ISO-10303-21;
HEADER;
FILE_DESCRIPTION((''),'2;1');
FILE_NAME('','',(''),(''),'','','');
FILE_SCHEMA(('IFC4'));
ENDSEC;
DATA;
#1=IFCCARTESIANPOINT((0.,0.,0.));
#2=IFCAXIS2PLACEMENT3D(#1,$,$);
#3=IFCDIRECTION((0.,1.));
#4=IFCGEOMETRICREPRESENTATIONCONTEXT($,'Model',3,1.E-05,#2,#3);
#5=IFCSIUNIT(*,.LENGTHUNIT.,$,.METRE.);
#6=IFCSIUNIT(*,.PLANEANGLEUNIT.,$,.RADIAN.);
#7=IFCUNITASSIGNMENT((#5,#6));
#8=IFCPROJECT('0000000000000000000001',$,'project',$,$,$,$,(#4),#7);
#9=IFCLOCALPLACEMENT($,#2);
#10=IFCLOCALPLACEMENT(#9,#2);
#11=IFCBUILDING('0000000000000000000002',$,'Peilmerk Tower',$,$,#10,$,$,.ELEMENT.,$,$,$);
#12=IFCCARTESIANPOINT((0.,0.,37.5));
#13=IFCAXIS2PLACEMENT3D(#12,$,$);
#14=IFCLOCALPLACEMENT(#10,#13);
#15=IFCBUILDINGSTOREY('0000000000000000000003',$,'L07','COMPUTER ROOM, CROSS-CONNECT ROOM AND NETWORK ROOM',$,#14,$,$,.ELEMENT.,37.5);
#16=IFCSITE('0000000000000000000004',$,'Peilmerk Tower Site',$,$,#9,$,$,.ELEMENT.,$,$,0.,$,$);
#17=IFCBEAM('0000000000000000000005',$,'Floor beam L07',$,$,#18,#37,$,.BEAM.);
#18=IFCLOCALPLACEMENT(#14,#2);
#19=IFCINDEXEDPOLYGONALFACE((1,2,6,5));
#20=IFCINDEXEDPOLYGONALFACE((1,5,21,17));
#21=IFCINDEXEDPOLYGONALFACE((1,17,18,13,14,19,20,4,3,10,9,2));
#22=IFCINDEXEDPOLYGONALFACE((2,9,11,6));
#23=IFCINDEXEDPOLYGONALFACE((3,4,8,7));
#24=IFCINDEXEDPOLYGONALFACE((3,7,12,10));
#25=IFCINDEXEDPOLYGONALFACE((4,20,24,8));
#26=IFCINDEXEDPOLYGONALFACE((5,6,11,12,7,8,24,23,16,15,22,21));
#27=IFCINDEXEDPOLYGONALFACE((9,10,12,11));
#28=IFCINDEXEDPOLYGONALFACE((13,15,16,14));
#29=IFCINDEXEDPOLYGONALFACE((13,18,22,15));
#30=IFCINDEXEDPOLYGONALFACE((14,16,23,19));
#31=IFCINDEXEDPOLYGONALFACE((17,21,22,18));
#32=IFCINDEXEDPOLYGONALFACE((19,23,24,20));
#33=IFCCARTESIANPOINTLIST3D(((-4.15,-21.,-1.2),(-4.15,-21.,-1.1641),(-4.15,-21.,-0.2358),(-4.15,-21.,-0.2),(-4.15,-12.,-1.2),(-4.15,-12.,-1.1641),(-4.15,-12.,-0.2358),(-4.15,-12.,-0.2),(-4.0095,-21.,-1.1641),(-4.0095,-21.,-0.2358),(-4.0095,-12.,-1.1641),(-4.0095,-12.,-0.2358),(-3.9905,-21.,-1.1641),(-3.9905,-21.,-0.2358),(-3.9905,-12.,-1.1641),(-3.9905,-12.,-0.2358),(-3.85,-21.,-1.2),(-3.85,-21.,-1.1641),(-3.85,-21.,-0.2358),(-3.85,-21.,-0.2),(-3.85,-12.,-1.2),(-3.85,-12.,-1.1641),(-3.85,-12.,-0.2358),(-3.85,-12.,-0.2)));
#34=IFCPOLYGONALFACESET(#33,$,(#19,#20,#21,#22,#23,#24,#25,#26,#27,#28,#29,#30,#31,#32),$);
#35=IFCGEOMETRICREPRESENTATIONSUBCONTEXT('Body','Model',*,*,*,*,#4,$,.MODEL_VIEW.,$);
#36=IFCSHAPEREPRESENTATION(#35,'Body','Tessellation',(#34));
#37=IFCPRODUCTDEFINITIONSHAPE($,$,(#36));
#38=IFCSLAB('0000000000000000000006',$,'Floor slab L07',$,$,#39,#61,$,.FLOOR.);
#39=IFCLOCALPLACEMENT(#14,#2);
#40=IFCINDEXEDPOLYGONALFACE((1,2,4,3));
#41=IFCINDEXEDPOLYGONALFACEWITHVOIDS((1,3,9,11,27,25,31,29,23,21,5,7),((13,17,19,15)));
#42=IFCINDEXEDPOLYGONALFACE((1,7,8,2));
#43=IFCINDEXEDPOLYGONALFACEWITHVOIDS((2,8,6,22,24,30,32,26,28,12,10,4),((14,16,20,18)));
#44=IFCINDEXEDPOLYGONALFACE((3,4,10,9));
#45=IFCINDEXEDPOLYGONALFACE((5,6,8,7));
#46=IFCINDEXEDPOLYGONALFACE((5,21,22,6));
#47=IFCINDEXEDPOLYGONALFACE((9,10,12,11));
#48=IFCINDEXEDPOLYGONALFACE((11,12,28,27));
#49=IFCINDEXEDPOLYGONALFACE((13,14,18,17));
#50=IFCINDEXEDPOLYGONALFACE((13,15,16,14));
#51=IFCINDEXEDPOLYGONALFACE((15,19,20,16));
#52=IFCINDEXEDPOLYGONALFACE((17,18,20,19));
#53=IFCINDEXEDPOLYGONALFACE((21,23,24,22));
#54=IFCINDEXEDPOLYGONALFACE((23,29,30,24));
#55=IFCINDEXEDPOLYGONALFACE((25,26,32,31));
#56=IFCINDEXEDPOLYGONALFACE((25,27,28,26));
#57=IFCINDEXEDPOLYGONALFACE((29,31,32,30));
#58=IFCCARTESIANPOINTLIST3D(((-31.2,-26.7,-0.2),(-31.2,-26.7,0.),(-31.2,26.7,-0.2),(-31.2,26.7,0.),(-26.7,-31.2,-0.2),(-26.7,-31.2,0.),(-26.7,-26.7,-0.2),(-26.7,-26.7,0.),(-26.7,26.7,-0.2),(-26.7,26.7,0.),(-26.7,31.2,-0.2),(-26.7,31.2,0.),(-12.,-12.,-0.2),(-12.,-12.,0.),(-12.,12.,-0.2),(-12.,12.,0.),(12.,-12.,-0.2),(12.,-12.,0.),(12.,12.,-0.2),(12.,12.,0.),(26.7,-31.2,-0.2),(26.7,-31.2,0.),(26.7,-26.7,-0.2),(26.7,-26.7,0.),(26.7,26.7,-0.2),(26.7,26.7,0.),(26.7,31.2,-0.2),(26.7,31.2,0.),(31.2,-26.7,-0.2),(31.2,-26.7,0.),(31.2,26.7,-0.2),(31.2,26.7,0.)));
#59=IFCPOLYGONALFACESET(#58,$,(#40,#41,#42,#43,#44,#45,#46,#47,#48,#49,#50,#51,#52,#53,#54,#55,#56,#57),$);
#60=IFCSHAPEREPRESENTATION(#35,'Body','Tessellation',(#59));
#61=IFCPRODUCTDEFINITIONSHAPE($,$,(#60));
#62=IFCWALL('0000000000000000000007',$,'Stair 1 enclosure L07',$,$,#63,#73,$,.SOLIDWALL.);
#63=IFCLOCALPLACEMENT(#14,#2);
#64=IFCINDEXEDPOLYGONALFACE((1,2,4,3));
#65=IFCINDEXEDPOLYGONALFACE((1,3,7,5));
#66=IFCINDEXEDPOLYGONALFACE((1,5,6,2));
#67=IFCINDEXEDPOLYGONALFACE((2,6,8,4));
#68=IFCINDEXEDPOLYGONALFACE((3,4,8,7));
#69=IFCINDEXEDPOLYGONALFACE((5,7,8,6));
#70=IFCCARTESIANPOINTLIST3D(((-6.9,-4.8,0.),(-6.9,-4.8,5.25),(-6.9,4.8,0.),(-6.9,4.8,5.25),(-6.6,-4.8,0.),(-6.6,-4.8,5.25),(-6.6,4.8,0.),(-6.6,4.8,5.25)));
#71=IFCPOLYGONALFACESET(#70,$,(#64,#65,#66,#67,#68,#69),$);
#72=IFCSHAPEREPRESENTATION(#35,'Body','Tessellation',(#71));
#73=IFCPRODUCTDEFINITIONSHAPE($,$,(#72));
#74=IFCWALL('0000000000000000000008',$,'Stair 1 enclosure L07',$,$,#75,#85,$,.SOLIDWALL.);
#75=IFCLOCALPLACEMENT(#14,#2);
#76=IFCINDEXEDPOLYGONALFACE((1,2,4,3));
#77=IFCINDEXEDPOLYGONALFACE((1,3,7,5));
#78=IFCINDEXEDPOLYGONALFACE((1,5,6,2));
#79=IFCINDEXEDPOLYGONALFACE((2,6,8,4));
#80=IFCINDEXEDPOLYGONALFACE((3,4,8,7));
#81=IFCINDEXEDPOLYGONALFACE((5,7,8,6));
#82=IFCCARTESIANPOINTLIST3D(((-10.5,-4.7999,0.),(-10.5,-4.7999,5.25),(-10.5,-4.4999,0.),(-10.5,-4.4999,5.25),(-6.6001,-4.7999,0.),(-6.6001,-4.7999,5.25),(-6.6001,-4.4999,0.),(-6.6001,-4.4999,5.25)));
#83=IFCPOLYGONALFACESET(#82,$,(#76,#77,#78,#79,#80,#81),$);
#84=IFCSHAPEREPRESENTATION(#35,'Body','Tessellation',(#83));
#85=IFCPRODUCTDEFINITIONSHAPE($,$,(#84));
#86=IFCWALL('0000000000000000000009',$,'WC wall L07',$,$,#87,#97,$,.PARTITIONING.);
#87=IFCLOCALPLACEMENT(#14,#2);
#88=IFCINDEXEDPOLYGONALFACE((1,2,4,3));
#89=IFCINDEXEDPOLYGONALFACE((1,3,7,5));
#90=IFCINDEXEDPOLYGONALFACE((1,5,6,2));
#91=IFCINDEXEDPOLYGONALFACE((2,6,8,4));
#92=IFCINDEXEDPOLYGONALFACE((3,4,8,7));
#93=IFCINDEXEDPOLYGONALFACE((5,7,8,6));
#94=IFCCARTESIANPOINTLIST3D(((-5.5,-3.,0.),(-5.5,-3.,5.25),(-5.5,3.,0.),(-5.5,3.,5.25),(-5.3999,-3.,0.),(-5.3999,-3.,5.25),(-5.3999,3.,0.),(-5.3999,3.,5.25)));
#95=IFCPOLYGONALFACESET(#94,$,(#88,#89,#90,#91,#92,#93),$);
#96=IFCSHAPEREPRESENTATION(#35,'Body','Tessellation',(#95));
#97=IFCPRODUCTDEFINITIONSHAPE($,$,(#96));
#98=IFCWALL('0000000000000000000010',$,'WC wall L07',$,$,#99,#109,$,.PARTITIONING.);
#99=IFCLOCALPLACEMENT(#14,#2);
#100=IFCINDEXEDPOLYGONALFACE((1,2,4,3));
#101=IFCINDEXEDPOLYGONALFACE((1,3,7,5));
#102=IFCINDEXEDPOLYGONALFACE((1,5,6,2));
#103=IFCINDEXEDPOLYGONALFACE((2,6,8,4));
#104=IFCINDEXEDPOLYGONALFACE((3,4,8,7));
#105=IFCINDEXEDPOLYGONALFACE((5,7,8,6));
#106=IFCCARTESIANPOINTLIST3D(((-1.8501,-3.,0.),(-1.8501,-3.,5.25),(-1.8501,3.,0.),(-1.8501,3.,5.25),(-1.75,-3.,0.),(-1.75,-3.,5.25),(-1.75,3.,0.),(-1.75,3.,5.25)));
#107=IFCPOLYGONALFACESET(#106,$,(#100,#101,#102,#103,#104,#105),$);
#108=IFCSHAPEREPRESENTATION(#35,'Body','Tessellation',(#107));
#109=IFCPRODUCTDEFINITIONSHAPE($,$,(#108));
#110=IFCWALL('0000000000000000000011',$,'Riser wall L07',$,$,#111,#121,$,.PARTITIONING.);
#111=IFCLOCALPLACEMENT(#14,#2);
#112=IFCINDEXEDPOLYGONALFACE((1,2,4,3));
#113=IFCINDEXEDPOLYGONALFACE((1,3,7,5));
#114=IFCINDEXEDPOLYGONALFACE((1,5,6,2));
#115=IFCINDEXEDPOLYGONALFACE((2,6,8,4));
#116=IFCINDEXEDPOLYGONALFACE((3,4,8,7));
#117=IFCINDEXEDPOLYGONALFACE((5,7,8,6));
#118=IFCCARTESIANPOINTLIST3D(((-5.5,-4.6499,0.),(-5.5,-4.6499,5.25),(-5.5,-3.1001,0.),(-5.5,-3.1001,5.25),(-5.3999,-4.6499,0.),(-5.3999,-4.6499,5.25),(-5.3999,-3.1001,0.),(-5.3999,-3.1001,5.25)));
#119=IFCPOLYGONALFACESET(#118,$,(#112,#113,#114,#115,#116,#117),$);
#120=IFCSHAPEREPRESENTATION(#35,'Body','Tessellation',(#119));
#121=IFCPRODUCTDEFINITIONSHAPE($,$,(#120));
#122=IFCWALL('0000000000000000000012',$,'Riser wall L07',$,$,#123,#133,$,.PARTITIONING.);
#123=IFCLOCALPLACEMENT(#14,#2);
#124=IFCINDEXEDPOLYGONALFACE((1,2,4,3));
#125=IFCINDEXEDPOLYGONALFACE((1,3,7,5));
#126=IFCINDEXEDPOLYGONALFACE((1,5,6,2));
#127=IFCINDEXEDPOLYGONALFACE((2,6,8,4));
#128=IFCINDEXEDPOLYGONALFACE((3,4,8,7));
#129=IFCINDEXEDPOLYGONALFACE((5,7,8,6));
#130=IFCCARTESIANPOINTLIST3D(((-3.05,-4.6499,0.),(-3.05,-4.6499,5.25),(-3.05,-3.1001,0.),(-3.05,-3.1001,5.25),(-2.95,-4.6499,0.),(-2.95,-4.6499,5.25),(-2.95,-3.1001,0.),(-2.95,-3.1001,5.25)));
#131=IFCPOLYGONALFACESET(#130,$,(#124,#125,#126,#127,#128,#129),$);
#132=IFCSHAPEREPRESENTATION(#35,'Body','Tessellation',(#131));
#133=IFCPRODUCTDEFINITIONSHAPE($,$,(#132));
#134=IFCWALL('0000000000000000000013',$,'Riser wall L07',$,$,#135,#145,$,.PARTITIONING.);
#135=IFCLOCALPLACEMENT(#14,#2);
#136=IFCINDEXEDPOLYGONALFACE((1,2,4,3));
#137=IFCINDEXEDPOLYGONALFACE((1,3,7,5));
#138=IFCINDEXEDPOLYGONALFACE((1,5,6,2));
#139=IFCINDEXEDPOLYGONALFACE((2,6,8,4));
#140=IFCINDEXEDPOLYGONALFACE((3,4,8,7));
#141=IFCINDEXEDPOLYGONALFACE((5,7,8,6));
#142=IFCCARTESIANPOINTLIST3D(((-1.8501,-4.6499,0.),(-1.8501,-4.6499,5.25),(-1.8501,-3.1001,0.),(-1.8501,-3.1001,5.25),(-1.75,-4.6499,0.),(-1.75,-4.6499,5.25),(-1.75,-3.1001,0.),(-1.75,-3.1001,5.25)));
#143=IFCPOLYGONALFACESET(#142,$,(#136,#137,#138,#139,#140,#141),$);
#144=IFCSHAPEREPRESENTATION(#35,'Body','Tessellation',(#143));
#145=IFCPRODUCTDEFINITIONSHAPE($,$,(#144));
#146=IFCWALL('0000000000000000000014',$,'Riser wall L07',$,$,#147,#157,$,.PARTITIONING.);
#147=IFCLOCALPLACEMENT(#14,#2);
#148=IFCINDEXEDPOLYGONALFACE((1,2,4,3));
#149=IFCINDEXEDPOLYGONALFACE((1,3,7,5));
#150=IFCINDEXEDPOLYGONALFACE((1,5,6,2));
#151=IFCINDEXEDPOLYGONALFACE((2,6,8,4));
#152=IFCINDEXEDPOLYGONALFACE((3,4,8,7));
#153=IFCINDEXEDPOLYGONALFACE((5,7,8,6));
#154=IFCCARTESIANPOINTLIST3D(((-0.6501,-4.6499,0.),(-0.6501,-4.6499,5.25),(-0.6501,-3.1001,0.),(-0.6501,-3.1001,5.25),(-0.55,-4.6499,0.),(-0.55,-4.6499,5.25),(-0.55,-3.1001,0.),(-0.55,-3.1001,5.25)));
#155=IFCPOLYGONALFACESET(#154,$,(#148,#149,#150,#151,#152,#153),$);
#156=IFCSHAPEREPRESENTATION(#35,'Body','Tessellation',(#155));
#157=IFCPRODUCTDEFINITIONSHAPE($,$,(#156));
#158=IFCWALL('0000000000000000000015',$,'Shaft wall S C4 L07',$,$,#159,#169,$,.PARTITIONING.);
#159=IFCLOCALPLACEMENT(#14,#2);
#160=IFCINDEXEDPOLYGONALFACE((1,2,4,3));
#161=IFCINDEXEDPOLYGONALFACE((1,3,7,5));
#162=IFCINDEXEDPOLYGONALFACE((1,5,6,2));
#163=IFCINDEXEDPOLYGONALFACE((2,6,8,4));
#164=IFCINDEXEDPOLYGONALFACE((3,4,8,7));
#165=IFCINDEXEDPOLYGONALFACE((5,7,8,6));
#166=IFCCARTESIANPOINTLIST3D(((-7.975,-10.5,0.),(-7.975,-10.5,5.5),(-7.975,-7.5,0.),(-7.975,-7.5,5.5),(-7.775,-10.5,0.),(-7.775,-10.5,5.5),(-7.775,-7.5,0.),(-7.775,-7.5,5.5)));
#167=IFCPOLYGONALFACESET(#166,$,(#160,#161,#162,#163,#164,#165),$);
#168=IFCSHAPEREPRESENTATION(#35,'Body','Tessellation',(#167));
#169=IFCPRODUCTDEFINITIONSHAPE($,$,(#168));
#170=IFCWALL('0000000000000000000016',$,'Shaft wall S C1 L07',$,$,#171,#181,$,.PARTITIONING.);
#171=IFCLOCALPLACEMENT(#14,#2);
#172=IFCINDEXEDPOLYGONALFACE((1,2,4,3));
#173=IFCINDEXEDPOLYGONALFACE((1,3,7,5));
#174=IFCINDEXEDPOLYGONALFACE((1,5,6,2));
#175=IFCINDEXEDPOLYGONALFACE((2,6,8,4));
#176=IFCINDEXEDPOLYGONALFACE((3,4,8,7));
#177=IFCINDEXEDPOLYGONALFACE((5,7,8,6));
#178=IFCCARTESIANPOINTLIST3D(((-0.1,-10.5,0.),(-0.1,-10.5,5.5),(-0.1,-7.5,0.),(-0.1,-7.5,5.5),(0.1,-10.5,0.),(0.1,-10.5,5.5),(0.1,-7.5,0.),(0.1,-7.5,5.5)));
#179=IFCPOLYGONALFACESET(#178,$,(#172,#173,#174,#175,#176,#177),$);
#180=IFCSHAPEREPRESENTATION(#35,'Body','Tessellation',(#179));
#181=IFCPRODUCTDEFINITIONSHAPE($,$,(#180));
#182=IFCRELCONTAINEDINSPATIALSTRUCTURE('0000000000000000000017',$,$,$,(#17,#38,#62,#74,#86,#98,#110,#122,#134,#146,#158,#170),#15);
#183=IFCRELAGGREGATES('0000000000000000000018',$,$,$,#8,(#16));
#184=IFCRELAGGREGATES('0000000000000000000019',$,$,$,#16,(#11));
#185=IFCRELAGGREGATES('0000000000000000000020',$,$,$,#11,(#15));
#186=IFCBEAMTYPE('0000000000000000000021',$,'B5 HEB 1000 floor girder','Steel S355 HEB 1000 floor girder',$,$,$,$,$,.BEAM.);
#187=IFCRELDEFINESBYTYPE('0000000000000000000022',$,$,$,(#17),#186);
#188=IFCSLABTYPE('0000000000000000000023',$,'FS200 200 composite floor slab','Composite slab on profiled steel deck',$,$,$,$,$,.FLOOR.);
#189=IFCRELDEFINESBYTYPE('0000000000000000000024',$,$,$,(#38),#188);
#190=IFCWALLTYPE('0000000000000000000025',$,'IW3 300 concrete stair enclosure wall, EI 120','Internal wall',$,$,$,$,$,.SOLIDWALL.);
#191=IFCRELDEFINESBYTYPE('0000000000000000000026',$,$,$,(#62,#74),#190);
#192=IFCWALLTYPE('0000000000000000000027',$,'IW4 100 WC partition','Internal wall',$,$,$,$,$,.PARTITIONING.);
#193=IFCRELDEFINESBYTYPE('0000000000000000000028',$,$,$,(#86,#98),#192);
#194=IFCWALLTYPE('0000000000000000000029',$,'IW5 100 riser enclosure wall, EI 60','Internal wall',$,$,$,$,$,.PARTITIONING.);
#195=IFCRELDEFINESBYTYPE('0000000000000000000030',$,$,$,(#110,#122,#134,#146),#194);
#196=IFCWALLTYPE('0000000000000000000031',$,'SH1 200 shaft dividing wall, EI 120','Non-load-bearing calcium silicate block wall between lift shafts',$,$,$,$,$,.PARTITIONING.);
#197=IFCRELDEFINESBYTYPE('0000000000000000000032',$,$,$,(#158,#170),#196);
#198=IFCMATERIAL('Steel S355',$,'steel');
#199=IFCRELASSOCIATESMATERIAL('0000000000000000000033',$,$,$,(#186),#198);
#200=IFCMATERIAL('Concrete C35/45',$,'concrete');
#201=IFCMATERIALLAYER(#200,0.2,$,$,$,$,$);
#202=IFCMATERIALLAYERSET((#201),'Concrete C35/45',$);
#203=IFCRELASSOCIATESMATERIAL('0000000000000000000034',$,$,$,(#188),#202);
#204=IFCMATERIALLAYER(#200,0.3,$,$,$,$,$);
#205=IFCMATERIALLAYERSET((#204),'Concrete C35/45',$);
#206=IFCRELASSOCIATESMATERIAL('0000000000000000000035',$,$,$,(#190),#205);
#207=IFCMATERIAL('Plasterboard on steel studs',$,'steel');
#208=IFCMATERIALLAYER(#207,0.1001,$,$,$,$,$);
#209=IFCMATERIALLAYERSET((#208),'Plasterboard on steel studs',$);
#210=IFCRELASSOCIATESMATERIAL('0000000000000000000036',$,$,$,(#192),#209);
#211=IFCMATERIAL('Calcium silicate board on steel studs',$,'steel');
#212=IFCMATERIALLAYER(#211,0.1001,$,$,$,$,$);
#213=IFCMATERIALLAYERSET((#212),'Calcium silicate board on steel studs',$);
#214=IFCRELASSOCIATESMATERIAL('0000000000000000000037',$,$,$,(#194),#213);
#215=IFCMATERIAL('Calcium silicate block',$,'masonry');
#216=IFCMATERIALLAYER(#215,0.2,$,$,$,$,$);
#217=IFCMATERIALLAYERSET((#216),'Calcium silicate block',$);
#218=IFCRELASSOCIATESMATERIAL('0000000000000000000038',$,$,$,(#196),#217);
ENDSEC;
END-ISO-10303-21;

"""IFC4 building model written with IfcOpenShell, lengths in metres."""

from ifc_helpers import new_model, si_unit, direction, frame, frame_2d, origin, origin_2d, place, context, subcontext, project, spatial, polyline, rectangle, i_section, outline, extrude, material, layer, layer_set, material_profile, profile_set, type_object, element, save


model = new_model("IFC4")

# Units and contexts
model_context = context("Model", 3, precision=1e-05, world=origin(), true_north=direction((0.0, 1.0)))
body_context = subcontext(model_context, "Body", "Model", "MODEL_VIEW")
ifc_project = project(units=[si_unit("LENGTHUNIT", "METRE"), si_unit("PLANEANGLEUNIT", "RADIAN")], contexts=[model_context])

# Site, building, storey
site_placement = place(None, origin())
site = spatial("IfcSite", under=ifc_project, at=site_placement, Name="Peilmerk Tower Site", CompositionType="ELEMENT", RefElevation=0.0)
building_placement = place(site_placement, origin())
building = spatial("IfcBuilding", under=site, at=building_placement, Name="Peilmerk Tower", CompositionType="ELEMENT")
storey_placement = place(building_placement, frame((0.0, 0.0, 37.5)))
storey = spatial("IfcBuildingStorey", under=building, at=storey_placement, Name="L07", Description="COMPUTER ROOM, CROSS-CONNECT ROOM AND NETWORK ROOM", CompositionType="ELEMENT", Elevation=37.5)

# Beam
ifc_material_1 = material(Name="Steel S355", Category="steel")
ifc_material_profile = material_profile(ifc_material_1, i_section(OverallWidth=0.3, OverallDepth=1.0, WebThickness=0.019, FlangeThickness=0.0359, at=origin_2d()), Name="HEB 1000")
ifc_profile_set = profile_set([ifc_material_profile], Name="Steel S355")
beam_type = type_object("IfcBeamType", Name="B5 HEB 1000 floor girder", Description="Steel S355 HEB 1000 floor girder", PredefinedType="BEAM", material=ifc_profile_set)
beam_placement = place(storey_placement, frame((-4.0, -12.0, -0.7), z_axis=(0.0, -1.0, 0.0), x_axis=(1.0, 0.0, 0.0)))
element("IfcBeam", 1, at=beam_placement, inside=storey, type_object=beam_type, Name="Floor beam L07", PredefinedType="BEAM", context=body_context, shape_type="SweptSolid", body=[
    extrude(i_section(OverallWidth=0.3, OverallDepth=1.0, WebThickness=0.019, FlangeThickness=0.0359, at=origin_2d()), origin(), (0.0, 0.0, 1.0), 9.0),
])

# Slab
ifc_material_2 = material(Name="Concrete C35/45", Category="concrete")
ifc_layer_1 = layer(ifc_material_2, 0.2)
ifc_layer_set_1 = layer_set([ifc_layer_1], Name="Concrete C35/45")
slab_type = type_object("IfcSlabType", Name="FS200 200 composite floor slab", Description="Composite slab on profiled steel deck", PredefinedType="FLOOR", material=ifc_layer_set_1)
slab_placement = place(storey_placement, frame((0.0, 0.0, -0.2)))
element("IfcSlab", 2, at=slab_placement, inside=storey, type_object=slab_type, Name="Floor slab L07", PredefinedType="FLOOR", context=body_context, shape_type="SweptSolid", body=[
    extrude(outline(polyline([(-26.7, -31.2), (26.7, -31.2), (26.7, -26.7), (31.2, -26.7), (31.2, 26.7), (26.7, 26.7), (26.7, 31.2), (-26.7, 31.2), (-26.7, 26.7), (-31.2, 26.7), (-31.2, -26.7), (-26.7, -26.7), (-26.7, -31.2)]), holes=[polyline([(12.0, 12.0), (12.0, -12.0), (-12.0, -12.0), (-12.0, 12.0), (12.0, 12.0)])]), origin(), (0.0, 0.0, 1.0), 0.2),
])

# Walls
ifc_layer_2 = layer(ifc_material_2, 0.3)
ifc_layer_set_2 = layer_set([ifc_layer_2], Name="Concrete C35/45")
wall_type_1 = type_object("IfcWallType", Name="IW3 300 concrete stair enclosure wall, EI 120", Description="Internal wall", PredefinedType="SOLIDWALL", material=ifc_layer_set_2)
wall_1_placement = place(storey_placement, frame((-6.75, -4.8, 0.0), z_axis=(0.0, 0.0, 1.0), x_axis=(0.0, 1.0, 0.0)))
element("IfcWall", 3, at=wall_1_placement, inside=storey, type_object=wall_type_1, Name="Stair 1 enclosure L07", PredefinedType="SOLIDWALL", context=body_context, shape_type="SweptSolid", body=[
    extrude(rectangle(XDim=9.6001, YDim=0.3, at=frame_2d((4.8, 0.0))), origin(), (0.0, 0.0, 1.0), 5.25),
])
wall_2_placement = place(storey_placement, frame((-6.6001, -4.6499, 0.0), z_axis=(0.0, 0.0, 1.0), x_axis=(-1.0, 0.0, 0.0)))
element("IfcWall", 4, at=wall_2_placement, inside=storey, type_object=wall_type_1, Name="Stair 1 enclosure L07", PredefinedType="SOLIDWALL", context=body_context, shape_type="SweptSolid", body=[
    extrude(rectangle(XDim=3.8999, YDim=0.3, at=frame_2d((1.95, 0.0))), origin(), (0.0, 0.0, 1.0), 5.25),
])
ifc_material_3 = material(Name="Plasterboard on steel studs", Category="steel")
ifc_layer_3 = layer(ifc_material_3, 0.1001)
ifc_layer_set_3 = layer_set([ifc_layer_3], Name="Plasterboard on steel studs")
wall_type_2 = type_object("IfcWallType", Name="IW4 100 WC partition", Description="Internal wall", PredefinedType="PARTITIONING", material=ifc_layer_set_3)
for number, where, z_axis, x_axis, name in (
    (5, (-5.45, -3.0, 0.0), (0.0, 0.0, 1.0), (0.0, 1.0, 0.0), "WC wall L07"),
    (6, (-1.8, -3.0, 0.0), (0.0, 0.0, 1.0), (0.0, 1.0, 0.0), "WC wall L07"),
):
    element("IfcWall", number, at=place(storey_placement, frame(where, z_axis=z_axis, x_axis=x_axis)), inside=storey, type_object=wall_type_2, Name=name, PredefinedType="PARTITIONING", context=body_context, shape_type="SweptSolid", body=[
        extrude(rectangle(XDim=6.0, YDim=0.1001, at=frame_2d((3.0, 0.0))), origin(), (0.0, 0.0, 1.0), 5.25),
    ])
ifc_material_4 = material(Name="Calcium silicate board on steel studs", Category="steel")
ifc_layer_4 = layer(ifc_material_4, 0.1001)
ifc_layer_set_4 = layer_set([ifc_layer_4], Name="Calcium silicate board on steel studs")
wall_type_3 = type_object("IfcWallType", Name="IW5 100 riser enclosure wall, EI 60", Description="Internal wall", PredefinedType="PARTITIONING", material=ifc_layer_set_4)
for number, where, z_axis, x_axis, name in (
    (7, (-5.45, -3.1001, 0.0), (0.0, 0.0, 1.0), (0.0, -1.0, 0.0), "Riser wall L07"),
    (8, (-3.0, -3.1001, 0.0), (0.0, 0.0, 1.0), (0.0, -1.0, 0.0), "Riser wall L07"),
    (9, (-1.8, -3.1001, 0.0), (0.0, 0.0, 1.0), (0.0, -1.0, 0.0), "Riser wall L07"),
    (10, (-0.6001, -3.1001, 0.0), (0.0, 0.0, 1.0), (0.0, -1.0, 0.0), "Riser wall L07"),
):
    element("IfcWall", number, at=place(storey_placement, frame(where, z_axis=z_axis, x_axis=x_axis)), inside=storey, type_object=wall_type_3, Name=name, PredefinedType="PARTITIONING", context=body_context, shape_type="SweptSolid", body=[
        extrude(rectangle(XDim=1.5498, YDim=0.1001, at=frame_2d((0.7749, 0.0))), origin(), (0.0, 0.0, 1.0), 5.25),
    ])
ifc_material_5 = material(Name="Calcium silicate block", Category="masonry")
ifc_layer_5 = layer(ifc_material_5, 0.2)
ifc_layer_set_5 = layer_set([ifc_layer_5], Name="Calcium silicate block")
wall_type_4 = type_object("IfcWallType", Name="SH1 200 shaft dividing wall, EI 120", Description="Non-load-bearing calcium silicate block wall between lift shafts", PredefinedType="PARTITIONING", material=ifc_layer_set_5)
for number, where, z_axis, x_axis, name in (
    (11, (-7.875, -10.5, 0.0), (0.0, 0.0, 1.0), (0.0, 1.0, 0.0), "Shaft wall S C4 L07"),
    (12, (0.0, -10.5, 0.0), (0.0, 0.0, 1.0), (0.0, 1.0, 0.0), "Shaft wall S C1 L07"),
):
    element("IfcWall", number, at=place(storey_placement, frame(where, z_axis=z_axis, x_axis=x_axis)), inside=storey, type_object=wall_type_4, Name=name, PredefinedType="PARTITIONING", context=body_context, shape_type="SweptSolid", body=[
        extrude(rectangle(XDim=3.0, YDim=0.2, at=frame_2d((1.5, 0.0))), origin(), (0.0, 0.0, 1.0), 5.5),
    ])

save(model, "model.ifc")
